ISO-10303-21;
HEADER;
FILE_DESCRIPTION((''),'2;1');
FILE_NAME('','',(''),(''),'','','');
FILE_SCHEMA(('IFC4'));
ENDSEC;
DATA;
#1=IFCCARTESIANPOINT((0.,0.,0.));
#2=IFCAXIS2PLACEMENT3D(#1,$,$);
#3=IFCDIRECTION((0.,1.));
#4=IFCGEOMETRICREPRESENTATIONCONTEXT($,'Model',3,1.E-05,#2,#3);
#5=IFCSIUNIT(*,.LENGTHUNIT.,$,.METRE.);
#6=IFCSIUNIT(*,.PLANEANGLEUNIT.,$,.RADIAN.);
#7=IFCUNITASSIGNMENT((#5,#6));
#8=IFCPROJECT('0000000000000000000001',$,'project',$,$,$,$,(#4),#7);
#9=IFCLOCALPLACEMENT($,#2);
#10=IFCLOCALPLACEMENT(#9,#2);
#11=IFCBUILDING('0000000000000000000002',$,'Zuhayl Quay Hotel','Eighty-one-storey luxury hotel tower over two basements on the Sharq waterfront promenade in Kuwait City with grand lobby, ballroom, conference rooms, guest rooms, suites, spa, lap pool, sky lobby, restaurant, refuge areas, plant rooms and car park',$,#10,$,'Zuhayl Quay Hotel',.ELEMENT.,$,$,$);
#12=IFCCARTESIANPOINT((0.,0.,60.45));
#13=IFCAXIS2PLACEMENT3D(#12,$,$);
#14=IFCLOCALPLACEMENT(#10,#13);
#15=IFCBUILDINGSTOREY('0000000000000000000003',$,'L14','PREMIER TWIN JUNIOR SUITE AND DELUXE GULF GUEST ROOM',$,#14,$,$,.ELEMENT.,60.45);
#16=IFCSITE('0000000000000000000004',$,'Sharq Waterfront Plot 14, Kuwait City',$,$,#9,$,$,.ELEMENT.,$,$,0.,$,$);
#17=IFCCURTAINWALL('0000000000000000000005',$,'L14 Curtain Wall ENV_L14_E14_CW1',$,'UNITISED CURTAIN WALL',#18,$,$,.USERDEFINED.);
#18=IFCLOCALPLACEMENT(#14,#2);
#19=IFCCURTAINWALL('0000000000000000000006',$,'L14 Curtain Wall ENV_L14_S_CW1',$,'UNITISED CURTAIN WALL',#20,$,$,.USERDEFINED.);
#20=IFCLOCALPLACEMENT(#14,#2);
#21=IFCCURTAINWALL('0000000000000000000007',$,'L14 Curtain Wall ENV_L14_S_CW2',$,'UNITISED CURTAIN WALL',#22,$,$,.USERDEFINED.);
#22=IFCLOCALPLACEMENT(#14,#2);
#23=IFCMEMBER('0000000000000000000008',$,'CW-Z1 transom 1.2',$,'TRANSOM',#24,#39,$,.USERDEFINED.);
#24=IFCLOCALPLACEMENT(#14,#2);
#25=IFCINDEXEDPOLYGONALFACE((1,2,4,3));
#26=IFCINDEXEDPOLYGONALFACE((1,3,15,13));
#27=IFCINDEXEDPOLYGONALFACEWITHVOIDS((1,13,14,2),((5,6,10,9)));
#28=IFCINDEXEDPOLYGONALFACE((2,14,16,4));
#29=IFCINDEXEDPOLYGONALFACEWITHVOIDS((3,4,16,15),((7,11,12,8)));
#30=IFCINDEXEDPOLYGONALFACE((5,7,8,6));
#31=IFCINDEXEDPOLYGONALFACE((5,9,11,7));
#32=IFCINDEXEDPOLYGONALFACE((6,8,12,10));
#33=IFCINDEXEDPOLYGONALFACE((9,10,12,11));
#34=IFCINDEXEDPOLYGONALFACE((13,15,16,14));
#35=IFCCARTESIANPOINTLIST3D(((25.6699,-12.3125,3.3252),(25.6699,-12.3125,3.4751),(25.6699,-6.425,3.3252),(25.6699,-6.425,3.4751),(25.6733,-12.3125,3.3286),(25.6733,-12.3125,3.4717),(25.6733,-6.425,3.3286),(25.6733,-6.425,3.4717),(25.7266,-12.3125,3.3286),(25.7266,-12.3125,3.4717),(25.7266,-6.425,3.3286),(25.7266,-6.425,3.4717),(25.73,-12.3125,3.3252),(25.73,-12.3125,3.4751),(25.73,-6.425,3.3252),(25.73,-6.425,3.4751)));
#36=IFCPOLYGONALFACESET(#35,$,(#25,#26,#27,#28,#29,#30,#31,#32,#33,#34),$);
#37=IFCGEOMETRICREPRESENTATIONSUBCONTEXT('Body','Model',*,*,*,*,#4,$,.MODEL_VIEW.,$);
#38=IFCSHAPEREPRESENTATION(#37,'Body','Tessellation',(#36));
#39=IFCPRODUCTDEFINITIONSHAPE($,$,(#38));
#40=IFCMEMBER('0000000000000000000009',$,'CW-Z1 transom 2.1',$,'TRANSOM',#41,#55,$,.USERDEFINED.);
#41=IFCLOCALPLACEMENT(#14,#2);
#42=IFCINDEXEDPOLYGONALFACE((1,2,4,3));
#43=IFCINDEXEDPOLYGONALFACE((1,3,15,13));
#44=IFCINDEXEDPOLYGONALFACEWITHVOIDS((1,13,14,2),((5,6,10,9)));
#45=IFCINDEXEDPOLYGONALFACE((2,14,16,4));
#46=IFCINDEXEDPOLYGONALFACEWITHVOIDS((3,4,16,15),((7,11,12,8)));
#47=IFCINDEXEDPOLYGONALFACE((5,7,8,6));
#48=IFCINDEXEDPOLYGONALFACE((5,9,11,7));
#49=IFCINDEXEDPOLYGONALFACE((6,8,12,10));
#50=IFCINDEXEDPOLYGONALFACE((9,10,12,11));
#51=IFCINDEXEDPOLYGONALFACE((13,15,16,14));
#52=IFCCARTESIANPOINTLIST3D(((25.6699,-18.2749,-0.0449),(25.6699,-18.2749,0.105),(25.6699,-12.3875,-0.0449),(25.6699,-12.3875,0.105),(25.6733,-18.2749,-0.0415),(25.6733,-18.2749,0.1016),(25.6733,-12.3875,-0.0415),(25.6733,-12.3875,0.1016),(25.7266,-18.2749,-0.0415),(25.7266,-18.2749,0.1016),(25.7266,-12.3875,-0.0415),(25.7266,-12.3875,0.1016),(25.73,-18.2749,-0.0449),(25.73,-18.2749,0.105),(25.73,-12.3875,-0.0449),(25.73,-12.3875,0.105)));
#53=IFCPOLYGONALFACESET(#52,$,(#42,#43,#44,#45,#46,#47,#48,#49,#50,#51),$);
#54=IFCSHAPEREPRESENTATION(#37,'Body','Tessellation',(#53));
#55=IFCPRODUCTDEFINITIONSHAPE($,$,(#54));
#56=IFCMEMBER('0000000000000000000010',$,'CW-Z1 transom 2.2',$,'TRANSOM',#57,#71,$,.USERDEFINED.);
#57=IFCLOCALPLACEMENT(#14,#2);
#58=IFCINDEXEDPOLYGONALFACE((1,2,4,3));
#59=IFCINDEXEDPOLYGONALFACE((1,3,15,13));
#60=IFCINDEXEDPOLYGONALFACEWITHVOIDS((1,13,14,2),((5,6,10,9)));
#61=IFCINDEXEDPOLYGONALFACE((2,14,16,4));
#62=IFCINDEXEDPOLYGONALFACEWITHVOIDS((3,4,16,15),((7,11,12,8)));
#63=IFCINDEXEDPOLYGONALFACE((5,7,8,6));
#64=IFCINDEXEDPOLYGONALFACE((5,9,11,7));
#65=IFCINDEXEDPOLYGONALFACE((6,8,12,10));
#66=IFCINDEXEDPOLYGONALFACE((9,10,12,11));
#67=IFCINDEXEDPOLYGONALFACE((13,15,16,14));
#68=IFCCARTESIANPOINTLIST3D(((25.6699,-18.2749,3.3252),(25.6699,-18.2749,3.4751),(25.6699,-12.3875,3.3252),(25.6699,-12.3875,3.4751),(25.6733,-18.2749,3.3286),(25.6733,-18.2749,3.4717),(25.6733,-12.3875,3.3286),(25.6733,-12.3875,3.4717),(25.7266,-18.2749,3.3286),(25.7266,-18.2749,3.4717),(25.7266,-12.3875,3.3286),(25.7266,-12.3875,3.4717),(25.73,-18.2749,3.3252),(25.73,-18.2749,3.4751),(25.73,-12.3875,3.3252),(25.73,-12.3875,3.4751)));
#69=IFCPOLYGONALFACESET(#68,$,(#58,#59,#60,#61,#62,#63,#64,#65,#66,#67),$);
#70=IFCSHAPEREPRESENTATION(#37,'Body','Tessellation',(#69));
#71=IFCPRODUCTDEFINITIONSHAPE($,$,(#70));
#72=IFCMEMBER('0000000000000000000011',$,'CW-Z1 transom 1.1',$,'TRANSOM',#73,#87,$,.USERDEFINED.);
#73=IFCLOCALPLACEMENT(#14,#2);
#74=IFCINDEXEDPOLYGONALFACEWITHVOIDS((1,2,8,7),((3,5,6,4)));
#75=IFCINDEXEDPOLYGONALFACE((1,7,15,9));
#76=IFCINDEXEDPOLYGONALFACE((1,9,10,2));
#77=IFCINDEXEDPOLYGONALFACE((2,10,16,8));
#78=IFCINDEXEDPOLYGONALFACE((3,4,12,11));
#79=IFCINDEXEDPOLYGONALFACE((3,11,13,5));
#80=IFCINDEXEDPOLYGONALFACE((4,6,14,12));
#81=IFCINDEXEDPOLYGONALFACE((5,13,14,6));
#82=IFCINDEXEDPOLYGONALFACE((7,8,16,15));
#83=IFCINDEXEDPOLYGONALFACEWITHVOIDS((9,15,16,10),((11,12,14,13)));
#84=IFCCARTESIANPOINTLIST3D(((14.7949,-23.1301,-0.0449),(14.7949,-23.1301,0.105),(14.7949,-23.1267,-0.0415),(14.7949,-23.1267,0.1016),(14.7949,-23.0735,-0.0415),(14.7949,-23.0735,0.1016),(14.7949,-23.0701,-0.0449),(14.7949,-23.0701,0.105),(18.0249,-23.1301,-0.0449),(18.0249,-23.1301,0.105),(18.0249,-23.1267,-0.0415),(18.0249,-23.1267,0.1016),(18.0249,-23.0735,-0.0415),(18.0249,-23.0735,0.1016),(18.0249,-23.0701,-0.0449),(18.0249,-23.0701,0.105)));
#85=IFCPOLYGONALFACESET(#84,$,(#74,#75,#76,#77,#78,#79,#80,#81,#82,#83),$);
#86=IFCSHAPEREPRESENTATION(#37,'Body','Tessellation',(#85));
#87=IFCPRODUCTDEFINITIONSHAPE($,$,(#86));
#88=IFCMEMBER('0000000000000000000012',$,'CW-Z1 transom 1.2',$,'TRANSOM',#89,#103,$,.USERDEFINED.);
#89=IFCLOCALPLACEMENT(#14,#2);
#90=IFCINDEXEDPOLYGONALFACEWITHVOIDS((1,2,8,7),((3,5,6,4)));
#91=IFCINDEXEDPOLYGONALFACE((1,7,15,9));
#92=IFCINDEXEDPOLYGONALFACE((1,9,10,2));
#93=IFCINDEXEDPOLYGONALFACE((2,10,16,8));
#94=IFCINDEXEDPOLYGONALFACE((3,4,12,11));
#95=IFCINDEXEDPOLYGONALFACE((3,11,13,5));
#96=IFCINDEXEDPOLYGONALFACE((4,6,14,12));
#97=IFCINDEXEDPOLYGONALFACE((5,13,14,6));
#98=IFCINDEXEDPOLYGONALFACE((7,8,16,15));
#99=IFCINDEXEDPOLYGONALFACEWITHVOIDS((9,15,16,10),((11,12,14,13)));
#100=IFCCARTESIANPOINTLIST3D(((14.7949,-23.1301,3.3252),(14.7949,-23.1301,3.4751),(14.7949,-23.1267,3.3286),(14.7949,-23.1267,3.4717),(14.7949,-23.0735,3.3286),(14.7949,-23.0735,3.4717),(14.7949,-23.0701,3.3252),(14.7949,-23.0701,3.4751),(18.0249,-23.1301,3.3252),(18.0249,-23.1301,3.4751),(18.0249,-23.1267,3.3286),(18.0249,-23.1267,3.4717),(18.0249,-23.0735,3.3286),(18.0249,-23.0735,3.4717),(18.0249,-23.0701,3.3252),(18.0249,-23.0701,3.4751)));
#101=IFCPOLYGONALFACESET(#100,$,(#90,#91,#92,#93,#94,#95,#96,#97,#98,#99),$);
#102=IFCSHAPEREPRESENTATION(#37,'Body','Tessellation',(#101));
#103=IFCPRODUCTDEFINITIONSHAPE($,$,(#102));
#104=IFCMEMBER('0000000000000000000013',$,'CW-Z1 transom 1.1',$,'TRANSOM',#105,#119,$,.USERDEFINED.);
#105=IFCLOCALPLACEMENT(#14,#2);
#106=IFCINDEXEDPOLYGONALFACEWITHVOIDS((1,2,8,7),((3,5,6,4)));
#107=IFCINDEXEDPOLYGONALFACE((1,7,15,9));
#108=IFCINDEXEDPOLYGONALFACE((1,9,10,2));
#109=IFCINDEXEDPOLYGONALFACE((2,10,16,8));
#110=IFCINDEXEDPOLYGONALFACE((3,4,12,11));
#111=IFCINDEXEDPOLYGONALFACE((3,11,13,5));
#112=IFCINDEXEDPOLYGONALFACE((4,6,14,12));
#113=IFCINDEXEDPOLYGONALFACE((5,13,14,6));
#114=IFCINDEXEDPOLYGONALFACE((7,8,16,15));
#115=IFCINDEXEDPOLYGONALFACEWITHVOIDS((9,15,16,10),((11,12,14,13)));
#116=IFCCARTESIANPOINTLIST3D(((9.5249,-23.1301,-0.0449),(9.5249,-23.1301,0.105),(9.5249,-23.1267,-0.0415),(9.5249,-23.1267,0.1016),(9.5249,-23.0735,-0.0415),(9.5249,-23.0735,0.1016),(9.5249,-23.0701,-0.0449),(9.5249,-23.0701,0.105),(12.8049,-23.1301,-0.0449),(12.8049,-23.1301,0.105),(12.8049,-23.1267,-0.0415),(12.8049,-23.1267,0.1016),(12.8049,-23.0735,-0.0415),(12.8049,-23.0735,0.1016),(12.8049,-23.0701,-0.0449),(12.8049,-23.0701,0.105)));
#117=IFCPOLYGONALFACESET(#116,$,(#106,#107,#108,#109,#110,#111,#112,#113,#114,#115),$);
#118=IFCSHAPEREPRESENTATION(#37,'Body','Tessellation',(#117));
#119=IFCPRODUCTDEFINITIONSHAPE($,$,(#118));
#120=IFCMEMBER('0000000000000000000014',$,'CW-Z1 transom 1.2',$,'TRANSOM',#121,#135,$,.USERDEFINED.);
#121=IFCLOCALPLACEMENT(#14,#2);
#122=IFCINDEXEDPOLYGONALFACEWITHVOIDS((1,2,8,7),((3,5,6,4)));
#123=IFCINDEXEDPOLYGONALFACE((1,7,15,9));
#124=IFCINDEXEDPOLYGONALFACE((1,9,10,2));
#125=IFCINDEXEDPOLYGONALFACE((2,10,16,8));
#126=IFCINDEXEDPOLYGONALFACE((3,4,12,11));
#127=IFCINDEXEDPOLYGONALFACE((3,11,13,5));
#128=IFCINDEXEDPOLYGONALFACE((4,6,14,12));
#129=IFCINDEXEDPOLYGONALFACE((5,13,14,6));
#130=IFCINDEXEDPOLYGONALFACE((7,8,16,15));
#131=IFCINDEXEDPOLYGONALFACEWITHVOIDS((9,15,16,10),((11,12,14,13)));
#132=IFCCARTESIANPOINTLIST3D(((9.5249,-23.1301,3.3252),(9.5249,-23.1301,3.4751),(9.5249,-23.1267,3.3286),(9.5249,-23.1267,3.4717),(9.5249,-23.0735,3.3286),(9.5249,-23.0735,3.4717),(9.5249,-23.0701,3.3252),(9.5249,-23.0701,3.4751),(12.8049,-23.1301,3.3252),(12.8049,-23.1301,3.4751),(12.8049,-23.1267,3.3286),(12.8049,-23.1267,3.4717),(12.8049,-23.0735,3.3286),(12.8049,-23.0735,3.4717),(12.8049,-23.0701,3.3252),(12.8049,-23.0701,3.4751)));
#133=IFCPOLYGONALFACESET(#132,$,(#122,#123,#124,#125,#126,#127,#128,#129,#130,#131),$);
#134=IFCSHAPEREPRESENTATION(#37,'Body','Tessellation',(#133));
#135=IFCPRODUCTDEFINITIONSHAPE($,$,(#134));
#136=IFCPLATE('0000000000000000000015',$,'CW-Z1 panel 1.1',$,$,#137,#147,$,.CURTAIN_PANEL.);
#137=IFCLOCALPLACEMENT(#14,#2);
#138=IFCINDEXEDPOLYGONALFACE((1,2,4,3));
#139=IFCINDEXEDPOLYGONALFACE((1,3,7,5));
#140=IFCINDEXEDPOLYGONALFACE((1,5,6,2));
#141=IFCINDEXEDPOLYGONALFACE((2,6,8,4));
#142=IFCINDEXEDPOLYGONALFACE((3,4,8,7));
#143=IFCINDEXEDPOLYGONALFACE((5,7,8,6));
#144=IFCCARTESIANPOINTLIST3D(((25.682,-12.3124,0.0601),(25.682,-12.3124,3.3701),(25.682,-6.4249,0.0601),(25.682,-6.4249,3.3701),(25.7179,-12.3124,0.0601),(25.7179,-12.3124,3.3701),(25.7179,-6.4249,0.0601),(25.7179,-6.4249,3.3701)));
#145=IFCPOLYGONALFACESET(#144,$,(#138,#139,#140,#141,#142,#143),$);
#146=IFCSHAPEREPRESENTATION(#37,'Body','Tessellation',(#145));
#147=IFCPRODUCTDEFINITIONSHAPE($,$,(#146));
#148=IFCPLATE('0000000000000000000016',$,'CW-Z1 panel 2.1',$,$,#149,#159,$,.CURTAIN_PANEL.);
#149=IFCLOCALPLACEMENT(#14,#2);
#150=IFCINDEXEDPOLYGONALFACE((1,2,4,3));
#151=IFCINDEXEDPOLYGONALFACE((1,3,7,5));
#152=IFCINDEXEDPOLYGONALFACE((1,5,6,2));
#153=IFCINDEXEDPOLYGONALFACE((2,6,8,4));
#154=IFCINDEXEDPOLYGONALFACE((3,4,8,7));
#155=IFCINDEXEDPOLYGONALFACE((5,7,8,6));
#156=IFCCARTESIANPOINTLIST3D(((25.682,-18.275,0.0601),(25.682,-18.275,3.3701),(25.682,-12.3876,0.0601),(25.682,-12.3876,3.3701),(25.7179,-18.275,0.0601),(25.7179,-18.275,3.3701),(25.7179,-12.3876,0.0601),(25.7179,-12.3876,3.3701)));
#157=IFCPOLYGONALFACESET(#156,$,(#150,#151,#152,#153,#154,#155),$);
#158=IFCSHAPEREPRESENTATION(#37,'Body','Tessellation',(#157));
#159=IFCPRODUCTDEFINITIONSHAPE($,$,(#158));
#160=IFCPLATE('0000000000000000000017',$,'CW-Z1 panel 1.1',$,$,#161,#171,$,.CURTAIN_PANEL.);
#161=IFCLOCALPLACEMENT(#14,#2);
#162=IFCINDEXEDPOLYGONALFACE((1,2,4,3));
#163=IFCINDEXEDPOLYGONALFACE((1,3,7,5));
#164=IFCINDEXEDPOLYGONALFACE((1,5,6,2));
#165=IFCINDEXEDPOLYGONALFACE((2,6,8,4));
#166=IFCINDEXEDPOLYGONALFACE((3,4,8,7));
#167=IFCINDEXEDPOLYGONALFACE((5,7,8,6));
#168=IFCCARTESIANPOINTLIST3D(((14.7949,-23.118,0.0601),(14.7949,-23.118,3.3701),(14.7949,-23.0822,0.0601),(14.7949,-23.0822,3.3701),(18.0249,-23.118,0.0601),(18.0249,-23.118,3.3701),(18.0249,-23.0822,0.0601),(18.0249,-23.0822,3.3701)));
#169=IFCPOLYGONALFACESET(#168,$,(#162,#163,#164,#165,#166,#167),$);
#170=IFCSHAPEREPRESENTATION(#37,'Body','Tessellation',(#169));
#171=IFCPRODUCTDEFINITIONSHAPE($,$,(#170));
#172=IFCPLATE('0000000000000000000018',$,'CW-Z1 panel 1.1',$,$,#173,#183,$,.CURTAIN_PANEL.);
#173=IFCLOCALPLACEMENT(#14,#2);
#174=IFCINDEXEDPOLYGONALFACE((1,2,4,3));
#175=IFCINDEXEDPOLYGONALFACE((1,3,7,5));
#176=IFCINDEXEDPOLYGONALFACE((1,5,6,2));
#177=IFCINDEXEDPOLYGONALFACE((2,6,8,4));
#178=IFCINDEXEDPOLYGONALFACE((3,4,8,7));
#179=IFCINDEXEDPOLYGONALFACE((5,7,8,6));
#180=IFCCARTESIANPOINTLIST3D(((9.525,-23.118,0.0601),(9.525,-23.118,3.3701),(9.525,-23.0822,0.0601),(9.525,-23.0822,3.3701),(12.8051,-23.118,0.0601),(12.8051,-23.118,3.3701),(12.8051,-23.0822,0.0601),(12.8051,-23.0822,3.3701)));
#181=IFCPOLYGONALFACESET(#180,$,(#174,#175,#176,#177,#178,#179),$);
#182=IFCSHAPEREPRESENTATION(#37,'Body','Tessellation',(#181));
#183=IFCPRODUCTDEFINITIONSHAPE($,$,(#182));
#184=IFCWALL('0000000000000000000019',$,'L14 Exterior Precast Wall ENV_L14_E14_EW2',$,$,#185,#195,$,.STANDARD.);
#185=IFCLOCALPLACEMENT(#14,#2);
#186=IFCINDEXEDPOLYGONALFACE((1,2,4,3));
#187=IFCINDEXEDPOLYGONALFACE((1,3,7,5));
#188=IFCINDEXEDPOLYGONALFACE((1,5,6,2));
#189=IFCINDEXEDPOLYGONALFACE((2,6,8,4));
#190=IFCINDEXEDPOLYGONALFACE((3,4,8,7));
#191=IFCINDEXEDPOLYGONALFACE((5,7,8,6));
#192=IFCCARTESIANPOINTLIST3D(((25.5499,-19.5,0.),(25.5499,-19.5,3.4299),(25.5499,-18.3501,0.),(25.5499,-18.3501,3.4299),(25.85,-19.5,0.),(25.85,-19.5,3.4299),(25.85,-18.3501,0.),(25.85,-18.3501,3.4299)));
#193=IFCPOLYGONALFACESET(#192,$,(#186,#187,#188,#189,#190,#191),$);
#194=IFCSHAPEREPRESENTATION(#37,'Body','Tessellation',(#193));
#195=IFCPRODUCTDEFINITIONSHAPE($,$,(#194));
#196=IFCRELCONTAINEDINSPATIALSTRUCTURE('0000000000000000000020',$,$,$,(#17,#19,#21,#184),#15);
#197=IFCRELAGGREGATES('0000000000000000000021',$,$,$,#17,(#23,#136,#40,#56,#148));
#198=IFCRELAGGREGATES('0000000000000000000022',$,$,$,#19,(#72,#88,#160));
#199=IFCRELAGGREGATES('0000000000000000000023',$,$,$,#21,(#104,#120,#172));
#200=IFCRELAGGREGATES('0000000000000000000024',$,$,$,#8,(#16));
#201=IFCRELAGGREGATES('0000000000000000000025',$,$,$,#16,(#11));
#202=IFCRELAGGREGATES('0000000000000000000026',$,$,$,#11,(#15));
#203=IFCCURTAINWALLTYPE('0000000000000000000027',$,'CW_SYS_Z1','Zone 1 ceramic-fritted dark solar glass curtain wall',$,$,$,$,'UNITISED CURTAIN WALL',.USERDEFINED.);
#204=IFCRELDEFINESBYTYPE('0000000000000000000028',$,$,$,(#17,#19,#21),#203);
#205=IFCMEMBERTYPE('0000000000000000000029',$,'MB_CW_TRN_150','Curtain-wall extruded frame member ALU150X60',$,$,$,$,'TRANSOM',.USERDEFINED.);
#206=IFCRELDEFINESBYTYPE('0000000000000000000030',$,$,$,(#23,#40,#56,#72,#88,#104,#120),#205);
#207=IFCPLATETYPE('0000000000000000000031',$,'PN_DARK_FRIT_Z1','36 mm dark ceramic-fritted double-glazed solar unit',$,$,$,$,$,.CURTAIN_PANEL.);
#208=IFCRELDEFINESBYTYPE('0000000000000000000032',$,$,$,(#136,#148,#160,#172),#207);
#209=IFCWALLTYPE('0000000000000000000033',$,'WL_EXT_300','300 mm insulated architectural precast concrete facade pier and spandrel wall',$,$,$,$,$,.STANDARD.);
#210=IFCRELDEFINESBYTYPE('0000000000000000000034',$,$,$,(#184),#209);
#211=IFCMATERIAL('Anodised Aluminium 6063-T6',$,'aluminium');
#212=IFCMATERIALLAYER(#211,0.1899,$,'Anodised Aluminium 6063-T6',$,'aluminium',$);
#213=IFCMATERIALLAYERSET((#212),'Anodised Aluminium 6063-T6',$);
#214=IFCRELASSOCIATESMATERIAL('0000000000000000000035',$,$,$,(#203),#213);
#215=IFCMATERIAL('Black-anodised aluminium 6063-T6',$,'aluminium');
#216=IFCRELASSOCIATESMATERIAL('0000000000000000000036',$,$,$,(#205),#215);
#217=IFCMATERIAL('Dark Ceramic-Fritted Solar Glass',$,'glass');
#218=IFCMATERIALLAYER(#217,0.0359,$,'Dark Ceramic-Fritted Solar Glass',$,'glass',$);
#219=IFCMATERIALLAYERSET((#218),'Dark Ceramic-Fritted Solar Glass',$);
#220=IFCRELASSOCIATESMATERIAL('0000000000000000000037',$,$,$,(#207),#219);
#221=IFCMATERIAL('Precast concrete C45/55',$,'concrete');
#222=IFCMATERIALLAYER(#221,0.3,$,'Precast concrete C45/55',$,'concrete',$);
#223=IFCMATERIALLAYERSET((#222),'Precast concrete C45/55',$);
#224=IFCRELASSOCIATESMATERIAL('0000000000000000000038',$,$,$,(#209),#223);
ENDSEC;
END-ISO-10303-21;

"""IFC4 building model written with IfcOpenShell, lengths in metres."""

from ifc_helpers import new_model, si_unit, direction, frame, frame_2d, origin, origin_2d, place, context, subcontext, project, spatial, rectangle, hollow_rectangle, extrude, material, layer, layer_set, material_profile, profile_set, type_object, element, aggregate, save


model = new_model("IFC4")

# Units and contexts
model_context = context("Model", 3, precision=1e-05, world=origin(), true_north=direction((0.0, 1.0)))
body_context = subcontext(model_context, "Body", "Model", "MODEL_VIEW")
ifc_project = project(units=[si_unit("LENGTHUNIT", "METRE"), si_unit("PLANEANGLEUNIT", "RADIAN")], contexts=[model_context])

# Site, building, storey
site_placement = place(None, origin())
site = spatial("IfcSite", under=ifc_project, at=site_placement, Name="Sharq Waterfront Plot 14, Kuwait City", CompositionType="ELEMENT", RefElevation=0.0)
building_placement = place(site_placement, origin())
building = spatial("IfcBuilding", under=site, at=building_placement, Name="Zuhayl Quay Hotel", Description="Eighty-one-storey luxury hotel tower over two basements on the Sharq waterfront promenade in Kuwait City with grand lobby, ballroom, conference rooms, guest rooms, suites, spa, lap pool, sky lobby, restaurant, refuge areas, plant rooms and car park", LongName="Zuhayl Quay Hotel", CompositionType="ELEMENT")
storey_placement = place(building_placement, frame((0.0, 0.0, 60.45)))
storey = spatial("IfcBuildingStorey", under=building, at=storey_placement, Name="L14", Description="PREMIER TWIN JUNIOR SUITE AND DELUXE GULF GUEST ROOM", CompositionType="ELEMENT", Elevation=60.45)

# Curtain walls
ifc_material_1 = material(Name="Anodised Aluminium 6063-T6", Category="aluminium")
ifc_layer_1 = layer(ifc_material_1, 0.1899, Name="Anodised Aluminium 6063-T6", Category="aluminium")
ifc_layer_set_1 = layer_set([ifc_layer_1], Name="Anodised Aluminium 6063-T6")
curtain_wall_type = type_object("IfcCurtainWallType", Name="CW_SYS_Z1", Description="Zone 1 ceramic-fritted dark solar glass curtain wall", ElementType="UNITISED CURTAIN WALL", PredefinedType="USERDEFINED", material=ifc_layer_set_1)
curtain_wall_1_placement = place(storey_placement, origin())
curtain_wall_1 = element("IfcCurtainWall", 1, at=curtain_wall_1_placement, inside=storey, type_object=curtain_wall_type, Name="L14 Curtain Wall ENV_L14_E14_CW1", ObjectType="UNITISED CURTAIN WALL", PredefinedType="USERDEFINED")
ifc_material_2 = material(Name="Black-anodised aluminium 6063-T6", Category="aluminium")
curtain_wall_2_placement = place(storey_placement, origin())
curtain_wall_2 = element("IfcCurtainWall", 2, at=curtain_wall_2_placement, inside=storey, type_object=curtain_wall_type, Name="L14 Curtain Wall ENV_L14_S_CW1", ObjectType="UNITISED CURTAIN WALL", PredefinedType="USERDEFINED")
curtain_wall_3_placement = place(storey_placement, origin())
curtain_wall_3 = element("IfcCurtainWall", 3, at=curtain_wall_3_placement, inside=storey, type_object=curtain_wall_type, Name="L14 Curtain Wall ENV_L14_S_CW2", ObjectType="UNITISED CURTAIN WALL", PredefinedType="USERDEFINED")

# Members
ifc_material_profile_1 = material_profile(ifc_material_2, hollow_rectangle(XDim=0.0601, YDim=0.1499, WallThickness=0.0034, at=origin_2d()), Name="ALU150X60")
ifc_profile_set_1 = profile_set([ifc_material_profile_1], Name="Black-anodised aluminium 6063-T6")
member_type_1 = type_object("IfcMemberType", Name="MB_CW_TRN_150", Description="Curtain-wall extruded frame member ALU150X60", ElementType="TRANSOM", PredefinedType="USERDEFINED", material=ifc_profile_set_1)
member_1_placement = place(storey_placement, frame((25.7, -6.425, 3.4001), z_axis=(0.0, -1.0, 0.0), x_axis=(1.0, 0.0, 0.0)))
member_1 = element("IfcMember", 4, at=member_1_placement, type_object=member_type_1, Name="CW-Z1 transom 1.2", ObjectType="TRANSOM", PredefinedType="USERDEFINED", context=body_context, shape_type="SweptSolid", body=[
    extrude(hollow_rectangle(XDim=0.0601, YDim=0.1499, WallThickness=0.0034, at=origin_2d()), origin(), (0.0, 0.0, 1.0), 5.8875),
])
member_2_placement = place(storey_placement, frame((25.7, -12.3875, 0.03), z_axis=(0.0, -1.0, 0.0), x_axis=(1.0, 0.0, 0.0)))
member_2 = element("IfcMember", 5, at=member_2_placement, type_object=member_type_1, Name="CW-Z1 transom 2.1", ObjectType="TRANSOM", PredefinedType="USERDEFINED", context=body_context, shape_type="SweptSolid", body=[
    extrude(hollow_rectangle(XDim=0.0601, YDim=0.1499, WallThickness=0.0034, at=origin_2d()), origin(), (0.0, 0.0, 1.0), 5.8875),
])
member_3_placement = place(storey_placement, frame((25.7, -12.3875, 3.4001), z_axis=(0.0, -1.0, 0.0), x_axis=(1.0, 0.0, 0.0)))
member_3 = element("IfcMember", 6, at=member_3_placement, type_object=member_type_1, Name="CW-Z1 transom 2.2", ObjectType="TRANSOM", PredefinedType="USERDEFINED", context=body_context, shape_type="SweptSolid", body=[
    extrude(hollow_rectangle(XDim=0.0601, YDim=0.1499, WallThickness=0.0034, at=origin_2d()), origin(), (0.0, 0.0, 1.0), 5.8875),
])
member_4_placement = place(storey_placement, frame((18.0249, -23.1001, 0.03), z_axis=(-1.0, 0.0, 0.0), x_axis=(0.0, -1.0, 0.0)))
member_4 = element("IfcMember", 7, at=member_4_placement, type_object=member_type_1, Name="CW-Z1 transom 1.1", ObjectType="TRANSOM", PredefinedType="USERDEFINED", context=body_context, shape_type="SweptSolid", body=[
    extrude(hollow_rectangle(XDim=0.0601, YDim=0.1499, WallThickness=0.0034, at=origin_2d()), origin(), (0.0, 0.0, 1.0), 3.23),
])
member_5_placement = place(storey_placement, frame((18.0249, -23.1001, 3.4001), z_axis=(-1.0, 0.0, 0.0), x_axis=(0.0, -1.0, 0.0)))
member_5 = element("IfcMember", 8, at=member_5_placement, type_object=member_type_1, Name="CW-Z1 transom 1.2", ObjectType="TRANSOM", PredefinedType="USERDEFINED", context=body_context, shape_type="SweptSolid", body=[
    extrude(hollow_rectangle(XDim=0.0601, YDim=0.1499, WallThickness=0.0034, at=origin_2d()), origin(), (0.0, 0.0, 1.0), 3.23),
])
member_6_placement = place(storey_placement, frame((12.8049, -23.1001, 0.03), z_axis=(-1.0, 0.0, 0.0), x_axis=(0.0, -1.0, 0.0)))
member_6 = element("IfcMember", 9, at=member_6_placement, type_object=member_type_1, Name="CW-Z1 transom 1.1", ObjectType="TRANSOM", PredefinedType="USERDEFINED", context=body_context, shape_type="SweptSolid", body=[
    extrude(hollow_rectangle(XDim=0.0601, YDim=0.1499, WallThickness=0.0034, at=origin_2d()), origin(), (0.0, 0.0, 1.0), 3.28),
])
member_7_placement = place(storey_placement, frame((12.8049, -23.1001, 3.4001), z_axis=(-1.0, 0.0, 0.0), x_axis=(0.0, -1.0, 0.0)))
member_7 = element("IfcMember", 10, at=member_7_placement, type_object=member_type_1, Name="CW-Z1 transom 1.2", ObjectType="TRANSOM", PredefinedType="USERDEFINED", context=body_context, shape_type="SweptSolid", body=[
    extrude(hollow_rectangle(XDim=0.0601, YDim=0.1499, WallThickness=0.0034, at=origin_2d()), origin(), (0.0, 0.0, 1.0), 3.28),
])

# Plates
ifc_material_3 = material(Name="Dark Ceramic-Fritted Solar Glass", Category="glass")
ifc_layer_2 = layer(ifc_material_3, 0.0359, Name="Dark Ceramic-Fritted Solar Glass", Category="glass")
ifc_layer_set_2 = layer_set([ifc_layer_2], Name="Dark Ceramic-Fritted Solar Glass")
plate_type = type_object("IfcPlateType", Name="PN_DARK_FRIT_Z1", Description="36 mm dark ceramic-fritted double-glazed solar unit", PredefinedType="CURTAIN_PANEL", material=ifc_layer_set_2)
plate_1_placement = place(storey_placement, frame((25.7, -9.3687, 0.0601), z_axis=(0.0, 0.0, 1.0), x_axis=(0.0, -1.0, 0.0)))
plate_1 = element("IfcPlate", 11, at=plate_1_placement, type_object=plate_type, Name="CW-Z1 panel 1.1", PredefinedType="CURTAIN_PANEL", context=body_context, shape_type="SweptSolid", body=[
    extrude(rectangle(XDim=5.8875, YDim=0.0359, at=origin_2d()), origin(), (0.0, 0.0, 1.0), 3.3101),
])
plate_2_placement = place(storey_placement, frame((25.7, -15.3313, 0.0601), z_axis=(0.0, 0.0, 1.0), x_axis=(0.0, -1.0, 0.0)))
plate_2 = element("IfcPlate", 12, at=plate_2_placement, type_object=plate_type, Name="CW-Z1 panel 2.1", PredefinedType="CURTAIN_PANEL", context=body_context, shape_type="SweptSolid", body=[
    extrude(rectangle(XDim=5.8875, YDim=0.0359, at=origin_2d()), origin(), (0.0, 0.0, 1.0), 3.3101),
])
aggregate(curtain_wall_1, [member_1, plate_1, member_2, member_3, plate_2])
plate_3_placement = place(storey_placement, frame((16.4099, -23.1001, 0.0601), z_axis=(0.0, 0.0, 1.0), x_axis=(-1.0, 0.0, 0.0)))
plate_3 = element("IfcPlate", 13, at=plate_3_placement, type_object=plate_type, Name="CW-Z1 panel 1.1", PredefinedType="CURTAIN_PANEL", context=body_context, shape_type="SweptSolid", body=[
    extrude(rectangle(XDim=3.23, YDim=0.0359, at=origin_2d()), origin(), (0.0, 0.0, 1.0), 3.3101),
])
aggregate(curtain_wall_2, [member_4, member_5, plate_3])
plate_4_placement = place(storey_placement, frame((11.165, -23.1001, 0.0601), z_axis=(0.0, 0.0, 1.0), x_axis=(-1.0, 0.0, 0.0)))
plate_4 = element("IfcPlate", 14, at=plate_4_placement, type_object=plate_type, Name="CW-Z1 panel 1.1", PredefinedType="CURTAIN_PANEL", context=body_context, shape_type="SweptSolid", body=[
    extrude(rectangle(XDim=3.28, YDim=0.0359, at=origin_2d()), origin(), (0.0, 0.0, 1.0), 3.3101),
])
aggregate(curtain_wall_3, [member_6, member_7, plate_4])

# Wall
ifc_material_4 = material(Name="Precast concrete C45/55", Category="concrete")
ifc_layer_3 = layer(ifc_material_4, 0.3, Name="Precast concrete C45/55", Category="concrete")
ifc_layer_set_3 = layer_set([ifc_layer_3], Name="Precast concrete C45/55")
wall_type_1 = type_object("IfcWallType", Name="WL_EXT_300", Description="300 mm insulated architectural precast concrete facade pier and spandrel wall", PredefinedType="STANDARD", material=ifc_layer_set_3)
wall_1_placement = place(storey_placement, frame((25.7, -18.3501, 0.0), z_axis=(0.0, 0.0, 1.0), x_axis=(0.0, -1.0, 0.0)))
element("IfcWall", 15, at=wall_1_placement, inside=storey, type_object=wall_type_1, Name="L14 Exterior Precast Wall ENV_L14_E14_EW2", PredefinedType="STANDARD", context=body_context, shape_type="SweptSolid", body=[
    extrude(rectangle(XDim=1.1499, YDim=0.3, at=frame_2d((0.575, 0.0))), origin(), (0.0, 0.0, 1.0), 3.4299),
])

save(model, "model.ifc")
